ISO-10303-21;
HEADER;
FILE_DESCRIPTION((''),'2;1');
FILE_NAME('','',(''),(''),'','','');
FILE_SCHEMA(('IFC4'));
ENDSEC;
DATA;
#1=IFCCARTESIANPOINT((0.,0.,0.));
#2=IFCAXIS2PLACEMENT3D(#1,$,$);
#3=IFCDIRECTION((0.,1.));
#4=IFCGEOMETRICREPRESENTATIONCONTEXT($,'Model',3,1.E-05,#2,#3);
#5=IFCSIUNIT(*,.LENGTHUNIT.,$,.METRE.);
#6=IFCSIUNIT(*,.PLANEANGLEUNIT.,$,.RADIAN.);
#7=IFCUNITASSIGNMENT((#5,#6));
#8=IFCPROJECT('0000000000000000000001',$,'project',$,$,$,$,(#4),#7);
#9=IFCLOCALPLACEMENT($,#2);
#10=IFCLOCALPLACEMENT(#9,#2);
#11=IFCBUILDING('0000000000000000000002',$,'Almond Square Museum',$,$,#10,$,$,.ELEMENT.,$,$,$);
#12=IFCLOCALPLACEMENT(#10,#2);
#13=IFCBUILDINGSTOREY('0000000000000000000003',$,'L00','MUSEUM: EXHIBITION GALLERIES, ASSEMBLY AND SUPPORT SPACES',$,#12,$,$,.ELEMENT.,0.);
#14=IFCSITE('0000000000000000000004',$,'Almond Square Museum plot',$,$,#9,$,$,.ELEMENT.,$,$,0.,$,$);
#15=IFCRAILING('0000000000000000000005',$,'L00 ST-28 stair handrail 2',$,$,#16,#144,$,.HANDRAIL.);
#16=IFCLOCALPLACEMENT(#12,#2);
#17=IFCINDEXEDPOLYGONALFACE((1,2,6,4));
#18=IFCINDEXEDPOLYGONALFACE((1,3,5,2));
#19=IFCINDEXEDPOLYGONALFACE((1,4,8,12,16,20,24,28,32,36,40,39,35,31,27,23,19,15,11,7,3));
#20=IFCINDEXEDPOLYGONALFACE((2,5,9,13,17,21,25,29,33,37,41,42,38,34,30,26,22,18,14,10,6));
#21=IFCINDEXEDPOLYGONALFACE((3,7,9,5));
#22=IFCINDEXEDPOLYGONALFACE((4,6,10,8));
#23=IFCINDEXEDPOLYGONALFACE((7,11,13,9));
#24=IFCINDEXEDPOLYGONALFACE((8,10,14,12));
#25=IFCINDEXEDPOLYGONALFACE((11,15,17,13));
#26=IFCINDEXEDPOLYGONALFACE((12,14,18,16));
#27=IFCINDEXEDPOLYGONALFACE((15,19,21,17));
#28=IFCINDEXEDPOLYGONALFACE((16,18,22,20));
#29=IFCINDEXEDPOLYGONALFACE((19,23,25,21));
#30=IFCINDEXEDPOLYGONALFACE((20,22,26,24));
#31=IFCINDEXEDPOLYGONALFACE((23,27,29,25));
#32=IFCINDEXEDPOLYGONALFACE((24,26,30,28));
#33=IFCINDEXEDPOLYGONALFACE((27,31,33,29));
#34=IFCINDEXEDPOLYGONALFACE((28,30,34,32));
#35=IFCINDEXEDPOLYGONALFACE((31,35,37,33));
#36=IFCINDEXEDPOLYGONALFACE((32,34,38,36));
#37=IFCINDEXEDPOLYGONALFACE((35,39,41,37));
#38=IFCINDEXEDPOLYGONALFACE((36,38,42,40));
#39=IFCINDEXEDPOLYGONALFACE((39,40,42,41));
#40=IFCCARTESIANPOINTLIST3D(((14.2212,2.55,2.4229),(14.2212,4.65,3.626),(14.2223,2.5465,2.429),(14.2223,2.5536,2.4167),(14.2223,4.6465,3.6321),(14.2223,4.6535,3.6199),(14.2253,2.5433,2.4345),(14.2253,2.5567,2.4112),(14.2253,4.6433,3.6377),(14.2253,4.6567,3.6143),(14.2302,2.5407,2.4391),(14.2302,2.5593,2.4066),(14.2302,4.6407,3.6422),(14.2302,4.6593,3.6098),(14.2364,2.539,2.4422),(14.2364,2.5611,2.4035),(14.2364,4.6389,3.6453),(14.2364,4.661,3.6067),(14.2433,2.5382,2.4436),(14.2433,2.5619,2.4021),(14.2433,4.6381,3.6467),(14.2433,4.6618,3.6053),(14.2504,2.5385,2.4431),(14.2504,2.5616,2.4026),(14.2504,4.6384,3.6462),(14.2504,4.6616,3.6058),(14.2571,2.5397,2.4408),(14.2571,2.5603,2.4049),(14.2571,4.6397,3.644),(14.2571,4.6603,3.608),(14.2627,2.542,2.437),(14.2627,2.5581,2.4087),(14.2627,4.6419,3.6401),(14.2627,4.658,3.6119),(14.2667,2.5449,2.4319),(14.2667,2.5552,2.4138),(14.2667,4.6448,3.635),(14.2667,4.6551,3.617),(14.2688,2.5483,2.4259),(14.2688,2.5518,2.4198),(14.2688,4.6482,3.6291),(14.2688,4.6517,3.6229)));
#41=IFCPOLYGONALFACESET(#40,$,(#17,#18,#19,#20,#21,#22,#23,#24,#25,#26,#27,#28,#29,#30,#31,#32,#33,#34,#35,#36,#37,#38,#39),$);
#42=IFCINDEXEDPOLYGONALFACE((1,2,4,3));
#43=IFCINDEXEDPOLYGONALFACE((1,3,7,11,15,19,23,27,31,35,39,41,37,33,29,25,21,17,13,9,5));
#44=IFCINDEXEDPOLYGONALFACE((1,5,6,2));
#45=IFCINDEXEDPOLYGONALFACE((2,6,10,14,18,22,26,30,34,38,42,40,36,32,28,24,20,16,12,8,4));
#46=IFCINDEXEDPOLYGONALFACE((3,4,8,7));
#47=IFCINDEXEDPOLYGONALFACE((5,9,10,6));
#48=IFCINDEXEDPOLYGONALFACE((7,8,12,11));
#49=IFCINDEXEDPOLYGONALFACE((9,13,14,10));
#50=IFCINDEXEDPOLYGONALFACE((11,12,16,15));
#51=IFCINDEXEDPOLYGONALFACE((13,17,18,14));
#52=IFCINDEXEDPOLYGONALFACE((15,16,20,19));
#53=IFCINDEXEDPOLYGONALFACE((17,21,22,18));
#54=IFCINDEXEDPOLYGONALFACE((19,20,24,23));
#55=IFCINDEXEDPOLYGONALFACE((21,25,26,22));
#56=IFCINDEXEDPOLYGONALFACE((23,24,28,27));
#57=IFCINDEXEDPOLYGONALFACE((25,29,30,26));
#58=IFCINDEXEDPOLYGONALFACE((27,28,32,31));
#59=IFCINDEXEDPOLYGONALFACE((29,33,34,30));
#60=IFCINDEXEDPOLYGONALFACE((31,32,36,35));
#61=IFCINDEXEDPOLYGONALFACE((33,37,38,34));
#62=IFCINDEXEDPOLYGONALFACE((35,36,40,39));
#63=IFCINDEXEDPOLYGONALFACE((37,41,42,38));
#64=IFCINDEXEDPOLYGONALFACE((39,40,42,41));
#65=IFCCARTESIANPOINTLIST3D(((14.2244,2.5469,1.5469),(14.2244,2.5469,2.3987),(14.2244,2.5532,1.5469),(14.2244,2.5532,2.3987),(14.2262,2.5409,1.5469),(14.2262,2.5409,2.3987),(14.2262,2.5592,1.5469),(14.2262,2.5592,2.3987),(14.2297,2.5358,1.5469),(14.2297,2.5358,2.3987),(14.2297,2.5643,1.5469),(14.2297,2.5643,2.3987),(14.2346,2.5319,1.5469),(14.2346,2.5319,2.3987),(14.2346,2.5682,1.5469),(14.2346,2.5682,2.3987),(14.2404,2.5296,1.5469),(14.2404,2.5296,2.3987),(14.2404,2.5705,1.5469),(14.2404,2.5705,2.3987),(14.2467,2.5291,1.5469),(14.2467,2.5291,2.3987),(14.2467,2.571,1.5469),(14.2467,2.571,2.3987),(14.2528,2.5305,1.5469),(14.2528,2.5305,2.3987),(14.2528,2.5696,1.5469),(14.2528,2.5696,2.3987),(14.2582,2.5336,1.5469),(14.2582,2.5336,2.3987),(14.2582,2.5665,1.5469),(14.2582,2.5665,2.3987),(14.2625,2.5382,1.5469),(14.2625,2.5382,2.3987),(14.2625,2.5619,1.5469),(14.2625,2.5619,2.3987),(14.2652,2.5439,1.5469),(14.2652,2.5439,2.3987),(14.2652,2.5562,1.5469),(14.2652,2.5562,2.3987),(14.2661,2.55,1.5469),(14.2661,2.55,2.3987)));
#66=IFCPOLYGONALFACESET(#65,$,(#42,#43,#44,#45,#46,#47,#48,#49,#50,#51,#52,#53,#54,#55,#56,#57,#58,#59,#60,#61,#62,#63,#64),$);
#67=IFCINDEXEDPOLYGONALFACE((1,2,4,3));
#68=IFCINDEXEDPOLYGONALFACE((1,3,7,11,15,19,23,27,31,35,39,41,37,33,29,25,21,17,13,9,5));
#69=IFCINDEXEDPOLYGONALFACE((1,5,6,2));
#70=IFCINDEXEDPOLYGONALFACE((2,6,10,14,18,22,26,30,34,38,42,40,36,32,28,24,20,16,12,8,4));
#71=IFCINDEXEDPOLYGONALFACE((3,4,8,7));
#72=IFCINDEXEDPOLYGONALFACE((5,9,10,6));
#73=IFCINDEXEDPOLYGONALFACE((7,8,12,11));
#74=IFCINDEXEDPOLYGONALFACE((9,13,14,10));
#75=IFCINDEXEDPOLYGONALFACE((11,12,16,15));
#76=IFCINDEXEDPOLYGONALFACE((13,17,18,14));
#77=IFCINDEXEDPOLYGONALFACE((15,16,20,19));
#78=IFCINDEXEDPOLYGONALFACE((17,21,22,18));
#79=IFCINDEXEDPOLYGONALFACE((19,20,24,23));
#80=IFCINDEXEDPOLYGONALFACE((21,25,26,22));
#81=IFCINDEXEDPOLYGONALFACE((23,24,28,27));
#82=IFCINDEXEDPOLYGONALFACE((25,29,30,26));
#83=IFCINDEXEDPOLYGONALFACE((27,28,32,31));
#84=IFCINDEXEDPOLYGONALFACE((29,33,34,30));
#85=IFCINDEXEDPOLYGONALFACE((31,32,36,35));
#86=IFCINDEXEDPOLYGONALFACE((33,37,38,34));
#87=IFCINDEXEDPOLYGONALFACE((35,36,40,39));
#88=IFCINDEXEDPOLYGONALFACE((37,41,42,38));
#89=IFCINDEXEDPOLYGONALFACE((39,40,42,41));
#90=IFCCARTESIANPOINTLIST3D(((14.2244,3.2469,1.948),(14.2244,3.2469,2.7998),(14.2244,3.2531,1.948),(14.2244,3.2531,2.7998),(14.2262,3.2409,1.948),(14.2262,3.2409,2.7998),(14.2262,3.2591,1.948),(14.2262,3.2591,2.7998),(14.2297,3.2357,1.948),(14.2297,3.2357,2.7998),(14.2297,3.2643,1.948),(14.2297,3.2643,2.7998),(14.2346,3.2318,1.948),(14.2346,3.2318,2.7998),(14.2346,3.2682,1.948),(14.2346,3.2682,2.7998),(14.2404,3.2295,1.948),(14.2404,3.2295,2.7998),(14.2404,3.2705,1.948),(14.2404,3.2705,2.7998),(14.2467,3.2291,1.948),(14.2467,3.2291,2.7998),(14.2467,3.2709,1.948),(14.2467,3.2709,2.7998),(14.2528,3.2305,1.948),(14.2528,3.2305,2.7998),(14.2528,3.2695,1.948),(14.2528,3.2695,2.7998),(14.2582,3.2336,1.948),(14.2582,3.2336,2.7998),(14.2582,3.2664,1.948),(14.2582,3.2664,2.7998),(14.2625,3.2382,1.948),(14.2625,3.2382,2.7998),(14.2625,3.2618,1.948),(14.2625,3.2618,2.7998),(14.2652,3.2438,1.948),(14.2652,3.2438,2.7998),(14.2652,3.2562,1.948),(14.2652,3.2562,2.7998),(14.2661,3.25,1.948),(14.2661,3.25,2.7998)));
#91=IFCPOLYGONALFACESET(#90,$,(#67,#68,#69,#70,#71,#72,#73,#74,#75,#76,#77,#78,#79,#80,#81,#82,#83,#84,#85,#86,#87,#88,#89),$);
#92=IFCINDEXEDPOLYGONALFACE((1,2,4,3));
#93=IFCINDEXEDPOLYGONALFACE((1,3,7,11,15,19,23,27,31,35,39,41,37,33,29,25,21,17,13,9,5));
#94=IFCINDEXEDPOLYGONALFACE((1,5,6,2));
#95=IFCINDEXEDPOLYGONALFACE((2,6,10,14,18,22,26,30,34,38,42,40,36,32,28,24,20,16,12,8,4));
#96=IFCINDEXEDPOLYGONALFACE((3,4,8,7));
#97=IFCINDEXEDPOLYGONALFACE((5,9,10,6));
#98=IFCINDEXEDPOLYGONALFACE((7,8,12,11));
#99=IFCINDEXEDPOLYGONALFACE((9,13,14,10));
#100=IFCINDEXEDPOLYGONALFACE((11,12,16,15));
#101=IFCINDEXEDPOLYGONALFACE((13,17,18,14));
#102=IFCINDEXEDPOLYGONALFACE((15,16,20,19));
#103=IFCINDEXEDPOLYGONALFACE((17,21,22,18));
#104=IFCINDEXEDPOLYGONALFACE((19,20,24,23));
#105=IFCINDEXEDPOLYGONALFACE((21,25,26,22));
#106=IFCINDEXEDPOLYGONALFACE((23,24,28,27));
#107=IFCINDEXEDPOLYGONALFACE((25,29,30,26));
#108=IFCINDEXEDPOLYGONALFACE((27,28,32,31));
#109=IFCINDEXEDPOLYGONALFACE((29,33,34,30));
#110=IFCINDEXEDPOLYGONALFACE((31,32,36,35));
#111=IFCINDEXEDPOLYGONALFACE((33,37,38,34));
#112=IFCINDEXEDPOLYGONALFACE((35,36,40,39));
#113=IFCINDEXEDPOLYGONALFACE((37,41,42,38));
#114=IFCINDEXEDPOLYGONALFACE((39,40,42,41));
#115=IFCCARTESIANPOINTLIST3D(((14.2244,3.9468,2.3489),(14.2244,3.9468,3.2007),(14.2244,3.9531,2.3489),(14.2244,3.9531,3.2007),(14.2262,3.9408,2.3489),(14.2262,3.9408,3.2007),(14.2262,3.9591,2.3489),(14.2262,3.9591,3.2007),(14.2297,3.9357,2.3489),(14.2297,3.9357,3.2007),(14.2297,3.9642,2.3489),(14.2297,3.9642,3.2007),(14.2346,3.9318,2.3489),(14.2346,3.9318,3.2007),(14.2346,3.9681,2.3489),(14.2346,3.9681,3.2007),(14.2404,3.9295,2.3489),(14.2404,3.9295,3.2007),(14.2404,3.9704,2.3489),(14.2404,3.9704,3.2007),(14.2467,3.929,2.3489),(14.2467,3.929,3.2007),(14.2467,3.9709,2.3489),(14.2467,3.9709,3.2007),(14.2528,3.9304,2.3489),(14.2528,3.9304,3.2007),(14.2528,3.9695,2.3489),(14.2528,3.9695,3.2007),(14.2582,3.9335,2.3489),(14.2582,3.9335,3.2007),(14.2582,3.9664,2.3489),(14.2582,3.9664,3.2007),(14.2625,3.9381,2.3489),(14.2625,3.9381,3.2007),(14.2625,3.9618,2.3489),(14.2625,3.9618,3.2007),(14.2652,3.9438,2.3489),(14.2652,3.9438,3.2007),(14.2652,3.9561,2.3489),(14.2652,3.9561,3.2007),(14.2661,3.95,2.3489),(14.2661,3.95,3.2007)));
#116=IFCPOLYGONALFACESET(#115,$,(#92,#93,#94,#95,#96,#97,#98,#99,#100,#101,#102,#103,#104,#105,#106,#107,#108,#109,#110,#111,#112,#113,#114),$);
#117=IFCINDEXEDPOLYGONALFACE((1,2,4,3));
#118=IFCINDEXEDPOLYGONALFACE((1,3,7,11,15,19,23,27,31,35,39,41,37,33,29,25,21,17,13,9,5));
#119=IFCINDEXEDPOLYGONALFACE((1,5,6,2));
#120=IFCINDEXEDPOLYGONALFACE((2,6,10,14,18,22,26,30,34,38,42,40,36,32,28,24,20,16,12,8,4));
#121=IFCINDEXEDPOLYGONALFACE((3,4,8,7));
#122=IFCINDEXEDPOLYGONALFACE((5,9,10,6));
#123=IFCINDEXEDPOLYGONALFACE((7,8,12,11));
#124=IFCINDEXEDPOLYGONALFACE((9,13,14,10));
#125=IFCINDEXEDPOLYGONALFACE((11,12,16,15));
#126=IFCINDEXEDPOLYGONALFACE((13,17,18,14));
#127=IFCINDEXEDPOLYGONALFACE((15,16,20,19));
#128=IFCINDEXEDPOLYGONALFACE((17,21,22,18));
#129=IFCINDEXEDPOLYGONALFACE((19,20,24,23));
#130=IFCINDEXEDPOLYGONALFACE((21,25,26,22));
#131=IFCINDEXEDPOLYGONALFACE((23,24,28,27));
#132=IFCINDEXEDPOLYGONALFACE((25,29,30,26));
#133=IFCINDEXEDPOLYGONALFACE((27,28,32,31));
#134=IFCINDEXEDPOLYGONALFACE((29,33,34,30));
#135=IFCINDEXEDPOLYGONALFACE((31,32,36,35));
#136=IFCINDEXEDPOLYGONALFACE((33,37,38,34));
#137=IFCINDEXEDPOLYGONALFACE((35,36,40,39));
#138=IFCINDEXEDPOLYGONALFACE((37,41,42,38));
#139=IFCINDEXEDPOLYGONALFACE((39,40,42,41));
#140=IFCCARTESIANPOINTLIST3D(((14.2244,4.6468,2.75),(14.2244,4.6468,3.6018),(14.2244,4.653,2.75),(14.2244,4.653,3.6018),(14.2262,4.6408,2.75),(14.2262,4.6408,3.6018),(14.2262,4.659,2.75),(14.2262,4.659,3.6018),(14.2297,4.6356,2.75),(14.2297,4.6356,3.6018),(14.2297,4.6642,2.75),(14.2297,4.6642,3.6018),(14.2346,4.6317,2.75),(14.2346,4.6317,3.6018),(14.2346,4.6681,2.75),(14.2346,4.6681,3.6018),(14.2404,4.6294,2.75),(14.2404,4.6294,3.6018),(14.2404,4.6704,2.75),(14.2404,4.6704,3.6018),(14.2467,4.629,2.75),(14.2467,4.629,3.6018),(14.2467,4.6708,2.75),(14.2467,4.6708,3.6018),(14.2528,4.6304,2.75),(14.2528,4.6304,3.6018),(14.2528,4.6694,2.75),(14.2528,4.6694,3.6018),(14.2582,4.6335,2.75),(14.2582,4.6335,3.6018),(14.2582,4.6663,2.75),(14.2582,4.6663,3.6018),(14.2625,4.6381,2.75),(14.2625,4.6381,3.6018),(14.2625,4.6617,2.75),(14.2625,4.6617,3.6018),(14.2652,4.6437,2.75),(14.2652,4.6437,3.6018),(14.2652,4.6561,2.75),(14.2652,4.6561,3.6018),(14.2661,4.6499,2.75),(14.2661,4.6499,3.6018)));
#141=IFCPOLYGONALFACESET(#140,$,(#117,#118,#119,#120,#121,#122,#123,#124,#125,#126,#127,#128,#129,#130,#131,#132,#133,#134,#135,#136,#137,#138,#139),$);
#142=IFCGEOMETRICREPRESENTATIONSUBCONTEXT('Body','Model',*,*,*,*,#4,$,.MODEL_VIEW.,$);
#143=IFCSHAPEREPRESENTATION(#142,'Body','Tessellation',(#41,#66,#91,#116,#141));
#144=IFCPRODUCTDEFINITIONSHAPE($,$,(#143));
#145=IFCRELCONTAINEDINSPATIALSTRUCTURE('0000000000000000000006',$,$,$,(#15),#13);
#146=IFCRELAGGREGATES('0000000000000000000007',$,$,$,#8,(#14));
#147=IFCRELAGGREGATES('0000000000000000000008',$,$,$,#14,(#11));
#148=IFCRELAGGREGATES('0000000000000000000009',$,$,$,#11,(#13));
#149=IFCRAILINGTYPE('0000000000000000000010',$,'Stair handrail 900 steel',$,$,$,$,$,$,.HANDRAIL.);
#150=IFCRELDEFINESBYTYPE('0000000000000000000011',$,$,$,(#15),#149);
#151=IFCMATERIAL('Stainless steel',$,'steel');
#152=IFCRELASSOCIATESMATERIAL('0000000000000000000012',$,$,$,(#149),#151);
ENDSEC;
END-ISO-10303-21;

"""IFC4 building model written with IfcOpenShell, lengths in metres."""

from ifc_helpers import new_model, si_unit, direction, frame, origin, origin_2d, place, context, subcontext, project, spatial, circle, extrude, material, type_object, element, save


model = new_model("IFC4")

# Units and contexts
model_context = context("Model", 3, precision=1e-05, world=origin(), true_north=direction((0.0, 1.0)))
body_context = subcontext(model_context, "Body", "Model", "MODEL_VIEW")
ifc_project = project(units=[si_unit("LENGTHUNIT", "METRE"), si_unit("PLANEANGLEUNIT", "RADIAN")], contexts=[model_context])

# Site, building, storey
site_placement = place(None, origin())
site = spatial("IfcSite", under=ifc_project, at=site_placement, Name="Almond Square Museum plot", CompositionType="ELEMENT", RefElevation=0.0)
building_placement = place(site_placement, origin())
building = spatial("IfcBuilding", under=site, at=building_placement, Name="Almond Square Museum", CompositionType="ELEMENT")
storey_placement = place(building_placement, origin())
storey = spatial("IfcBuildingStorey", under=building, at=storey_placement, Name="L00", Description="MUSEUM: EXHIBITION GALLERIES, ASSEMBLY AND SUPPORT SPACES", CompositionType="ELEMENT", Elevation=0.0)

# Railing
ifc_material_1 = material(Name="Stainless steel", Category="steel")
railing_type_1 = type_object("IfcRailingType", Name="Stair handrail 900 steel", PredefinedType="HANDRAIL", material=ifc_material_1)
railing_1_placement = place(storey_placement, frame((14.2451, 2.55, 1.5469)))
element("IfcRailing", 1, at=railing_1_placement, inside=storey, type_object=railing_type_1, Name="L00 ST-28 stair handrail 2", PredefinedType="HANDRAIL", context=body_context, shape_type="SweptSolid", body=[
    extrude(circle(Radius=0.0239, at=origin_2d()), frame((0.0, 0.0, 0.876), z_axis=(0.0, 0.867671, 0.497138), x_axis=(-1.0, 0.0, 0.0)), (0.0, 0.0, 1.0), 2.4202),
    extrude(circle(Radius=0.021, at=origin_2d()), origin(), (0.0, 0.0, 1.0), 0.8518),
    extrude(circle(Radius=0.021, at=origin_2d()), frame((0.0, 0.7, 0.4011)), (0.0, 0.0, 1.0), 0.8518),
    extrude(circle(Radius=0.021, at=origin_2d()), frame((0.0, 1.3999, 0.802)), (0.0, 0.0, 1.0), 0.8518),
    extrude(circle(Radius=0.021, at=origin_2d()), frame((0.0, 2.0999, 1.2031)), (0.0, 0.0, 1.0), 0.8518),
])

save(model, "model.ifc")
